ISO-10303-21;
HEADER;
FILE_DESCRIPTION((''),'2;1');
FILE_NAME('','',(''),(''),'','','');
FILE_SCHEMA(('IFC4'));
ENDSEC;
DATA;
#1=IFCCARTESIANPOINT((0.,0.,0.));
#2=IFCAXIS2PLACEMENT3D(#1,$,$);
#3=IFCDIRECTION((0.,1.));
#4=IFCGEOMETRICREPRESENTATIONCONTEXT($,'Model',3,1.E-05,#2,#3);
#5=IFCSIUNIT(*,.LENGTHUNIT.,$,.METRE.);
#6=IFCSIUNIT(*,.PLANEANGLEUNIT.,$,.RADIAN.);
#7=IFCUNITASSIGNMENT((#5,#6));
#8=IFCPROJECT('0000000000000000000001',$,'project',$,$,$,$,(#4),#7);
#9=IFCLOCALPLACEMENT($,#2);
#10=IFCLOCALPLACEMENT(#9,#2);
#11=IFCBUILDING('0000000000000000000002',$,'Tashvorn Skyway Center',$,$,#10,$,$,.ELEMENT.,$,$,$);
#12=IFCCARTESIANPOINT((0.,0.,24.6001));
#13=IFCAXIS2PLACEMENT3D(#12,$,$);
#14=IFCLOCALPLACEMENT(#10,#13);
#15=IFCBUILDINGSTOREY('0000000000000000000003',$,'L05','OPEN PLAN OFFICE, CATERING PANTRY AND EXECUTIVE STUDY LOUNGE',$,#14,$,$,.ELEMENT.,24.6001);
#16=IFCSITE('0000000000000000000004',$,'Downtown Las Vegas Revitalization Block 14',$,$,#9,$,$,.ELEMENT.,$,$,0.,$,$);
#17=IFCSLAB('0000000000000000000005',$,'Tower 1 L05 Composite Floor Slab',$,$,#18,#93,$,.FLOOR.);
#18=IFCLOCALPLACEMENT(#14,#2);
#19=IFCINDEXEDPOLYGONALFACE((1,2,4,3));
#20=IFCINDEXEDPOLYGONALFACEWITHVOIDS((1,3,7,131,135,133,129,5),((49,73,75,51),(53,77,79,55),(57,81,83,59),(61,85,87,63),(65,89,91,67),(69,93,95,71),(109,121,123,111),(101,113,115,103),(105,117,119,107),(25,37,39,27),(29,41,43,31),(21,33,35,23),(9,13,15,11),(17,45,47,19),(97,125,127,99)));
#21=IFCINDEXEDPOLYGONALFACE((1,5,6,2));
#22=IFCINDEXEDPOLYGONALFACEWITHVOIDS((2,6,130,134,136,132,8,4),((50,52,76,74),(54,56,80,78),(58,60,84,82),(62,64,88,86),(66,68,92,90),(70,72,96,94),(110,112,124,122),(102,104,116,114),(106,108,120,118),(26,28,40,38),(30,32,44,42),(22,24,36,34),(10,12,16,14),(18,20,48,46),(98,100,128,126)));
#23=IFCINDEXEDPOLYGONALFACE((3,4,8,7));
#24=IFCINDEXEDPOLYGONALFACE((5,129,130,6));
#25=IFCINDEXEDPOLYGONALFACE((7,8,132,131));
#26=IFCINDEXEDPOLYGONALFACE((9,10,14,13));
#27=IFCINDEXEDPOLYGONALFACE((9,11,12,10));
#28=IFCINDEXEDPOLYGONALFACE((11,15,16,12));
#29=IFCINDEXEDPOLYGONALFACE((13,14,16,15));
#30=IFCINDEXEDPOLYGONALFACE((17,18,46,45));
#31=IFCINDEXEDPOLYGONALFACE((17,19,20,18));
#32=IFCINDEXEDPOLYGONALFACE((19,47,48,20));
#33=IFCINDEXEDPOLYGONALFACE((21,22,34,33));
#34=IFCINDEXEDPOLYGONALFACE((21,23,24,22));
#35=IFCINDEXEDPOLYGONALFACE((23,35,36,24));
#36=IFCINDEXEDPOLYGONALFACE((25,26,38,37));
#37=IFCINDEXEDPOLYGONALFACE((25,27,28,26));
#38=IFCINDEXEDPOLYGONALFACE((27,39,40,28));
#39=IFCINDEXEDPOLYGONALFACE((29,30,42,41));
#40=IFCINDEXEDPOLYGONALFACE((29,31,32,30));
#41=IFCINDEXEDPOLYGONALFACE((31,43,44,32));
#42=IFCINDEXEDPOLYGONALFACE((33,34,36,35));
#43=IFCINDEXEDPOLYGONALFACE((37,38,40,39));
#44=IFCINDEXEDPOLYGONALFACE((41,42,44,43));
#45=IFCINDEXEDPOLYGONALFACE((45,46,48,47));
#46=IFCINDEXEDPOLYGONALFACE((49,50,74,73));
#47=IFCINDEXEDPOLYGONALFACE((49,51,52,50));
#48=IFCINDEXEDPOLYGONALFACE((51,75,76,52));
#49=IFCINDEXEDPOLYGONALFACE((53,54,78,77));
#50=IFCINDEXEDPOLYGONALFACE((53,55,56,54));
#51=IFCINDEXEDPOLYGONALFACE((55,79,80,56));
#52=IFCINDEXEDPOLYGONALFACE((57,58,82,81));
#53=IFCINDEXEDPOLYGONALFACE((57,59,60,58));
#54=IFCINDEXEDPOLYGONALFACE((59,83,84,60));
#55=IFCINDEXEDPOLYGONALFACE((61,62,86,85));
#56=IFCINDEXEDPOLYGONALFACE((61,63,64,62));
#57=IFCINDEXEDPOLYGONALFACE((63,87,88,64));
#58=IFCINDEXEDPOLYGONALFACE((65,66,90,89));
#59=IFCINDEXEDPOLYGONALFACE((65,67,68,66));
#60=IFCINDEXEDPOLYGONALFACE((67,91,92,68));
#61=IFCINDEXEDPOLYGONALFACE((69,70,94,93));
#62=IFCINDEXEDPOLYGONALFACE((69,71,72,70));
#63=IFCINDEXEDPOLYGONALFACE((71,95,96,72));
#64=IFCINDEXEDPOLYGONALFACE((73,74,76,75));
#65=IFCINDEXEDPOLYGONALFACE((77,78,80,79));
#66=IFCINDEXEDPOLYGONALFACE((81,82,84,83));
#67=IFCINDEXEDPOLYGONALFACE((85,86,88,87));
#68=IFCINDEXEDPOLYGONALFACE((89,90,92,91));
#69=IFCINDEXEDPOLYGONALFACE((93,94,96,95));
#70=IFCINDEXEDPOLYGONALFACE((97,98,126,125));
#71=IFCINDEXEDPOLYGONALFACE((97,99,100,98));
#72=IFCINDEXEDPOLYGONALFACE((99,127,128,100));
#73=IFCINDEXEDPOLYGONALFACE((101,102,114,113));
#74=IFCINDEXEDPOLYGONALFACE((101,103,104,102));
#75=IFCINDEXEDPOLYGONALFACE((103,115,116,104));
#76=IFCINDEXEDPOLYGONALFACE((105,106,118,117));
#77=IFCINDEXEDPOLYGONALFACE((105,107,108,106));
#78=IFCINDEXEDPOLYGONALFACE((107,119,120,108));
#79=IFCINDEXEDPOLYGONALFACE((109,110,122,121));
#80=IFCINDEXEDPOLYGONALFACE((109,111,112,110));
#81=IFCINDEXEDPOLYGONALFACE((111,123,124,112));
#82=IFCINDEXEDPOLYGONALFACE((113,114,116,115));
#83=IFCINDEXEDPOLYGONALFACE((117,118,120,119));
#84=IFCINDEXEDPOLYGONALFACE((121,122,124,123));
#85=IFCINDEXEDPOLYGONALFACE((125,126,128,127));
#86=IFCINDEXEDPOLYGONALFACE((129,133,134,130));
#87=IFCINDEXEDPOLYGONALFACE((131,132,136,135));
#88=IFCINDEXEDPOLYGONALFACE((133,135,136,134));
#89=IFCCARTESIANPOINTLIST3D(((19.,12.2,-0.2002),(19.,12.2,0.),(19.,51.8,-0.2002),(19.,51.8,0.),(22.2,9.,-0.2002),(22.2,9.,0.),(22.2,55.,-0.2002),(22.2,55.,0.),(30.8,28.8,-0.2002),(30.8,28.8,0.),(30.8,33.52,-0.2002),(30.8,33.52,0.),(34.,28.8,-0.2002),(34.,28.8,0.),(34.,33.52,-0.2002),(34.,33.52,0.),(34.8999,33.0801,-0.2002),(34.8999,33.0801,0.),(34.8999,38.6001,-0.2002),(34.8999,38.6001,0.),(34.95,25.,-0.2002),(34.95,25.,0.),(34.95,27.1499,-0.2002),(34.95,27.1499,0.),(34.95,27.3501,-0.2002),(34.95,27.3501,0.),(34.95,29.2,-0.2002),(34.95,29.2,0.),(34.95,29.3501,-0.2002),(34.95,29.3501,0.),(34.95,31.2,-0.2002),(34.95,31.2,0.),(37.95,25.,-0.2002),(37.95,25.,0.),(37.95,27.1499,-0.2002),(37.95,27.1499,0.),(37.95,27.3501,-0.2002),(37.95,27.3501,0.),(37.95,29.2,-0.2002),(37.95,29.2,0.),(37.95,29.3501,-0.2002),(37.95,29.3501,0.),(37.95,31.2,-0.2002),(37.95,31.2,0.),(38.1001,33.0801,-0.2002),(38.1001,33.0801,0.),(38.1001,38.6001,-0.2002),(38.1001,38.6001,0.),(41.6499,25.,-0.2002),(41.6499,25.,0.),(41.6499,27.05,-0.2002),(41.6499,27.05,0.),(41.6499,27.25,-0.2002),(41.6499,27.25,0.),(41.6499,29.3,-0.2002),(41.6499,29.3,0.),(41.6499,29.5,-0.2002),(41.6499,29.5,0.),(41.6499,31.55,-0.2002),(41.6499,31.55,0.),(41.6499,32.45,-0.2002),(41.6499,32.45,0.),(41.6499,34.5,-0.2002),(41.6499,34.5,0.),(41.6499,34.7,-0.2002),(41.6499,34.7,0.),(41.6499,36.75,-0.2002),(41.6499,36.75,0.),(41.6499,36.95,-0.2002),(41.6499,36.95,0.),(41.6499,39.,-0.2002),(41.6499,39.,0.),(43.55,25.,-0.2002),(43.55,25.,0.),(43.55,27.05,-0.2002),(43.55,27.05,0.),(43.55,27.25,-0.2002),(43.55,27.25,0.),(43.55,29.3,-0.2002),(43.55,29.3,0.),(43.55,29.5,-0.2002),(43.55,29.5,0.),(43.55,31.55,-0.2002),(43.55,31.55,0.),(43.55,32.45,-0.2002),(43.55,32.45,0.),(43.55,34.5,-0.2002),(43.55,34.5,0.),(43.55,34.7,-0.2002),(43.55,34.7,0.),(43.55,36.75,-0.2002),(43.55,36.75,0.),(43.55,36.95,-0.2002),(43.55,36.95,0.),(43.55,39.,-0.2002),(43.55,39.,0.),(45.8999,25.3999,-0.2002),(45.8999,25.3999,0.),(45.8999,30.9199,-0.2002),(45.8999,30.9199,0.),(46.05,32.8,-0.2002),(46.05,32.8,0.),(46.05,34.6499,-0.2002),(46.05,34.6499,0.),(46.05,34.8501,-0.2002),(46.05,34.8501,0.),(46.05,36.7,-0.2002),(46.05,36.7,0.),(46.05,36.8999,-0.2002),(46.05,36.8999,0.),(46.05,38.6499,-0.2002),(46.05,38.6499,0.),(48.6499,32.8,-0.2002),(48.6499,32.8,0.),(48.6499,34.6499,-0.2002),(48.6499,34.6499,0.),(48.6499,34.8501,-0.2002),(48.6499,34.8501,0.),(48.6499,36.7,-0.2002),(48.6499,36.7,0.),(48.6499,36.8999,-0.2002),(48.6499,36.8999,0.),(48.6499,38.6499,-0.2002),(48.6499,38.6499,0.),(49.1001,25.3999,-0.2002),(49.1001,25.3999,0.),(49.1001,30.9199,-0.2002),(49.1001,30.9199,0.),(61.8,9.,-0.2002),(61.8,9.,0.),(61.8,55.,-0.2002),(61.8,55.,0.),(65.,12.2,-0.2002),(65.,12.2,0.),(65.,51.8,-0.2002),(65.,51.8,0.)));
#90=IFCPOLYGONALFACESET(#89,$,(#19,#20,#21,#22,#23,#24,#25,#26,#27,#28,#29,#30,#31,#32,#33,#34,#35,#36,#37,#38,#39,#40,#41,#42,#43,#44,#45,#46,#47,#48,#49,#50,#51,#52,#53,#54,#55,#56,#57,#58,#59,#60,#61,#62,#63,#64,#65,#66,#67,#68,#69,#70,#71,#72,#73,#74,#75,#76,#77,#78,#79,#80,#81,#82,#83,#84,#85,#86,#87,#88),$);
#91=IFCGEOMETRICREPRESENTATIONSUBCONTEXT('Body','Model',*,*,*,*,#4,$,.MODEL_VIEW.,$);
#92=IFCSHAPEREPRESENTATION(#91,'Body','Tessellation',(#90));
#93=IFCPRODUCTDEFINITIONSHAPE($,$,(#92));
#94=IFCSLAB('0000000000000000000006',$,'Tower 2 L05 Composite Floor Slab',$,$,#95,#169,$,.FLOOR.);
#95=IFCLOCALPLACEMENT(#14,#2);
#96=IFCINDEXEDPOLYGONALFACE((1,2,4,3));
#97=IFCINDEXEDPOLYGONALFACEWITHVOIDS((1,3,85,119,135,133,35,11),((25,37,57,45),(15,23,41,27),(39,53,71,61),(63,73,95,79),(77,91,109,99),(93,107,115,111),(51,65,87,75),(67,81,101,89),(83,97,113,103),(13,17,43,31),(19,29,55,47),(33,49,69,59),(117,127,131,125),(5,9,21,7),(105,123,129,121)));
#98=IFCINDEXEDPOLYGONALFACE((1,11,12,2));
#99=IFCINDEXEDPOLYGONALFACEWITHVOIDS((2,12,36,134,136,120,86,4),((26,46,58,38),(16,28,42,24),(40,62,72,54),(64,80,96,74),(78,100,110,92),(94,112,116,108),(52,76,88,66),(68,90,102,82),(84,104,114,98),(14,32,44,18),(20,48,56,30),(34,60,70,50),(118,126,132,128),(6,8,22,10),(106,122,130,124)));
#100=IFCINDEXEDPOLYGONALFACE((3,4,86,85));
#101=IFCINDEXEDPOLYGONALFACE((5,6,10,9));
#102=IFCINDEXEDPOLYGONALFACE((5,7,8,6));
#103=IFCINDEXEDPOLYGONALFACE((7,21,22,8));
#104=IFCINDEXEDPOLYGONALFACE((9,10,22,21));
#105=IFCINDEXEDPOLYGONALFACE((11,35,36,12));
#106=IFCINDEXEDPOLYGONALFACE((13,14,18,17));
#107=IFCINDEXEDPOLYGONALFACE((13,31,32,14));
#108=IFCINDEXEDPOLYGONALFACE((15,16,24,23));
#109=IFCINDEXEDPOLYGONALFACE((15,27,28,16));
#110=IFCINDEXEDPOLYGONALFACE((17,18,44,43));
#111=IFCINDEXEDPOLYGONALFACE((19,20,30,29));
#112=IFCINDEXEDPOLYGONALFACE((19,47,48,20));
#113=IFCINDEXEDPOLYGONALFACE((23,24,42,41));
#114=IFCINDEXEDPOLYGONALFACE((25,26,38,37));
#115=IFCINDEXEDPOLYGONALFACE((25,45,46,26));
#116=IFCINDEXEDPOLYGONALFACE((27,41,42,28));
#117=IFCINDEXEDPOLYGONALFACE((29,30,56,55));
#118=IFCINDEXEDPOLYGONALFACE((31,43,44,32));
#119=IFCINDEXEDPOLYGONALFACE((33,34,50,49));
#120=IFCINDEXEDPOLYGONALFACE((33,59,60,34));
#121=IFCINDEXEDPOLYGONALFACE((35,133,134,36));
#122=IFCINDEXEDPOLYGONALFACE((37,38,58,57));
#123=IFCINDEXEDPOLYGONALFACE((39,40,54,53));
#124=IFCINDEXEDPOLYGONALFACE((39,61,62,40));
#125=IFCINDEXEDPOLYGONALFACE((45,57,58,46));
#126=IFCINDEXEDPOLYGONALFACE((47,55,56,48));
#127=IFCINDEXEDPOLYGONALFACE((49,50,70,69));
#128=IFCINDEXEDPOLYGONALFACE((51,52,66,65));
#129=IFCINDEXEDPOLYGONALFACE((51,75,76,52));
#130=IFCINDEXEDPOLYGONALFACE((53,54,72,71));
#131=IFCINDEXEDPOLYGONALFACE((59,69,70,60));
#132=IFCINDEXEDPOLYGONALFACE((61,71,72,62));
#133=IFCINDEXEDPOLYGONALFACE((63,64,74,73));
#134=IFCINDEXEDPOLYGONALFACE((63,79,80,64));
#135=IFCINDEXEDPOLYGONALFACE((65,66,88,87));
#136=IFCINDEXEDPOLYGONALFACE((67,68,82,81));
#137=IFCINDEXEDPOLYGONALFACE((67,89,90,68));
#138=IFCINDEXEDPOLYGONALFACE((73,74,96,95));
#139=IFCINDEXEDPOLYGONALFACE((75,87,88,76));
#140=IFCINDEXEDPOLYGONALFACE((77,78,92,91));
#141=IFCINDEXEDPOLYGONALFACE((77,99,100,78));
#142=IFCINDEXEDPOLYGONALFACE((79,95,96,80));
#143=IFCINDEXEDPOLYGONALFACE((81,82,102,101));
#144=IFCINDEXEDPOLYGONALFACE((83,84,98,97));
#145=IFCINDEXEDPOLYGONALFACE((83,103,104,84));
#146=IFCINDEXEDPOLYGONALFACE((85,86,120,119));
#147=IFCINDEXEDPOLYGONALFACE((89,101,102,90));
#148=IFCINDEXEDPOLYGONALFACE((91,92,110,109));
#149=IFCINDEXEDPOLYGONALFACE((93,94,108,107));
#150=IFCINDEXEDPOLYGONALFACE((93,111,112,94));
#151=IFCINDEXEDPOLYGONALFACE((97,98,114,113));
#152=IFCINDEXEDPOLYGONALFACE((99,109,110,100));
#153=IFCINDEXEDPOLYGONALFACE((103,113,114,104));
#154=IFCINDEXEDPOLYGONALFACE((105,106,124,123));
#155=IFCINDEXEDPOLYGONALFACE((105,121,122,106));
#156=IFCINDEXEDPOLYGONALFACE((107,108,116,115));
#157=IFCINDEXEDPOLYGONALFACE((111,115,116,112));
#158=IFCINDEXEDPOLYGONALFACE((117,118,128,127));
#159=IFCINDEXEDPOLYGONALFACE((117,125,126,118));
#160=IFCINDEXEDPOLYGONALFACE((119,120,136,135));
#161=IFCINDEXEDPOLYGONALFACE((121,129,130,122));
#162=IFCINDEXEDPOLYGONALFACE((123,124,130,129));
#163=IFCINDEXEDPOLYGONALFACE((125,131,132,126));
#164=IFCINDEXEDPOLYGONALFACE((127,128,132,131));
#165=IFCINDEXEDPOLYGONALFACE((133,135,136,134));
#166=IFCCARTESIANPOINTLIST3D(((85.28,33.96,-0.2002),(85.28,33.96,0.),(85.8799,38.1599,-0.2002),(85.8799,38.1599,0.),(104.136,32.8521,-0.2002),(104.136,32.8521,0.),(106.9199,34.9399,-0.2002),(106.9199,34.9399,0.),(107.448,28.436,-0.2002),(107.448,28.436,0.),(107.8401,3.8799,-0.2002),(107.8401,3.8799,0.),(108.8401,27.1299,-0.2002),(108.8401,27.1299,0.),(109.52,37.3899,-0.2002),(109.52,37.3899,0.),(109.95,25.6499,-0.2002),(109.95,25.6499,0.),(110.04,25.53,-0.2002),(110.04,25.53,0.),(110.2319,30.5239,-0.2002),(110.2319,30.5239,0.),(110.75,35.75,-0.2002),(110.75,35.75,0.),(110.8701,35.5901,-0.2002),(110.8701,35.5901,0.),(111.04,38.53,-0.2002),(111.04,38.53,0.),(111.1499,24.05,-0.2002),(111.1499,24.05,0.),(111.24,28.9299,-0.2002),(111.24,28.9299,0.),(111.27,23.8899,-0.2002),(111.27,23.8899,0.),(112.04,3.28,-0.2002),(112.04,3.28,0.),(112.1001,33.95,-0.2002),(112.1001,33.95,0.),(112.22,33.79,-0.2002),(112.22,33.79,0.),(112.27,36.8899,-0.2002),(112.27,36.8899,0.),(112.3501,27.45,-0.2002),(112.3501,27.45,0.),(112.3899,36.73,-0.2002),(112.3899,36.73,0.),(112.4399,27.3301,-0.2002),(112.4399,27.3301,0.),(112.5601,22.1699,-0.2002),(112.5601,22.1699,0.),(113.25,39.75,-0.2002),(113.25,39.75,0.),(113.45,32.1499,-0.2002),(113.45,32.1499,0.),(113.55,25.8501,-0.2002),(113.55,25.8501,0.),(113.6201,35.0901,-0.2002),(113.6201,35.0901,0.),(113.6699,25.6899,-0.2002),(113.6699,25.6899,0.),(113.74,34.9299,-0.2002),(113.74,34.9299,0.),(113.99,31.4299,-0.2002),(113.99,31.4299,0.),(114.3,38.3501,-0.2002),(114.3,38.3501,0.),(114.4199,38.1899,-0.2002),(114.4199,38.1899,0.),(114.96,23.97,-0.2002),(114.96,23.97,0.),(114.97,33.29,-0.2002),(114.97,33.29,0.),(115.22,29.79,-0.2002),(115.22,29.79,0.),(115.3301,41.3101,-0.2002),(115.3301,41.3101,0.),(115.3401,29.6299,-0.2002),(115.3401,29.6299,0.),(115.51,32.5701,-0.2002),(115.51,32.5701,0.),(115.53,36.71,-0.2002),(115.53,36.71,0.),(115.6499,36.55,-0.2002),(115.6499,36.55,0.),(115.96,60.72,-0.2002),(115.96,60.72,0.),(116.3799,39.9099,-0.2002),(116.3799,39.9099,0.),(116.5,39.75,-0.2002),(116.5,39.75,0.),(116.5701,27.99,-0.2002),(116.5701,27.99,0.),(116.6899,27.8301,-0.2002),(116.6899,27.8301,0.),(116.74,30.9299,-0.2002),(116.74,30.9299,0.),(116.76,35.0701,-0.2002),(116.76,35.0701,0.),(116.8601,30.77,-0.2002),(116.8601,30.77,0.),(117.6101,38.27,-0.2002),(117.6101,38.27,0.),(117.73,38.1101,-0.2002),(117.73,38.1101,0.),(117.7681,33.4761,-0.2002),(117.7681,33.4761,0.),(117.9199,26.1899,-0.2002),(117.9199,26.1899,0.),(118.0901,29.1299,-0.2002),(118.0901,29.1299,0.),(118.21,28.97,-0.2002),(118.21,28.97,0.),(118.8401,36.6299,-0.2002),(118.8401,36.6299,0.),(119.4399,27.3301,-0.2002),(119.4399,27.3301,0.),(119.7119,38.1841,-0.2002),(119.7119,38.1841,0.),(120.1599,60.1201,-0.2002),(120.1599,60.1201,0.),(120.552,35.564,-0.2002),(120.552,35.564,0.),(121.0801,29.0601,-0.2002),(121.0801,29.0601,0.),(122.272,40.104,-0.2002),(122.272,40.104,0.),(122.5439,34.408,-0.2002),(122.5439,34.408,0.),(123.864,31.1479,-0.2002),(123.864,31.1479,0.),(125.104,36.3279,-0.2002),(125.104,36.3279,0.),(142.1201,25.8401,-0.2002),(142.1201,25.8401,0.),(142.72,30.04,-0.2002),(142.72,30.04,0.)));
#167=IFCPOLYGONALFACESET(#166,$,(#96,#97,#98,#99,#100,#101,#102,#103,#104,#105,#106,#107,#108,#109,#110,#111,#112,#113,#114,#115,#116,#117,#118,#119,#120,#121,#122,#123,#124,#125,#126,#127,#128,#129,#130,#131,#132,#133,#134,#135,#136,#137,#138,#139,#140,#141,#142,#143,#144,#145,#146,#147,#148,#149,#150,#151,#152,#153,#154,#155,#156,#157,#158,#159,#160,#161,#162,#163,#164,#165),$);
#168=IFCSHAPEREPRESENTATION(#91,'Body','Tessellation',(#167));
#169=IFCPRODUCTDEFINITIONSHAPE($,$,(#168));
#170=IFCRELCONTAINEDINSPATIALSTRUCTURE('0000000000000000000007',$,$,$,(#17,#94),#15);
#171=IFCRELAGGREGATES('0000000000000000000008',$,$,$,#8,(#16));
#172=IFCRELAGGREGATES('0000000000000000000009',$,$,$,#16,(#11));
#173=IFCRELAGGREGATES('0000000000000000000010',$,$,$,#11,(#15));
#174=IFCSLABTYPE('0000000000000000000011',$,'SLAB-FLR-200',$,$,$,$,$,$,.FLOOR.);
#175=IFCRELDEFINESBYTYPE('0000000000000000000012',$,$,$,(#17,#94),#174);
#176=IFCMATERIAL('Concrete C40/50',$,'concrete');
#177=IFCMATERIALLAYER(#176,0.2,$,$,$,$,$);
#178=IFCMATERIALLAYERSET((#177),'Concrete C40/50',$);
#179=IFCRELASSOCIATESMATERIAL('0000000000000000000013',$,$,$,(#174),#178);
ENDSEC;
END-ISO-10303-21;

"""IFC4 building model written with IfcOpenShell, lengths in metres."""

from ifc_helpers import new_model, si_unit, direction, frame, origin, place, context, subcontext, project, spatial, polyline, outline, extrude, material, layer, layer_set, type_object, element, save


model = new_model("IFC4")

# Units and contexts
model_context = context("Model", 3, precision=1e-05, world=origin(), true_north=direction((0.0, 1.0)))
body_context = subcontext(model_context, "Body", "Model", "MODEL_VIEW")
ifc_project = project(units=[si_unit("LENGTHUNIT", "METRE"), si_unit("PLANEANGLEUNIT", "RADIAN")], contexts=[model_context])

# Site, building, storey
site_placement = place(None, origin())
site = spatial("IfcSite", under=ifc_project, at=site_placement, Name="Downtown Las Vegas Revitalization Block 14", CompositionType="ELEMENT", RefElevation=0.0)
building_placement = place(site_placement, origin())
building = spatial("IfcBuilding", under=site, at=building_placement, Name="Tashvorn Skyway Center", CompositionType="ELEMENT")
storey_placement = place(building_placement, frame((0.0, 0.0, 24.6001)))
storey = spatial("IfcBuildingStorey", under=building, at=storey_placement, Name="L05", Description="OPEN PLAN OFFICE, CATERING PANTRY AND EXECUTIVE STUDY LOUNGE", CompositionType="ELEMENT", Elevation=24.6001)

# Slabs
ifc_material_1 = material(Name="Concrete C40/50", Category="concrete")
ifc_layer_1 = layer(ifc_material_1, 0.2)
ifc_layer_set_1 = layer_set([ifc_layer_1], Name="Concrete C40/50")
slab_type_1 = type_object("IfcSlabType", Name="SLAB-FLR-200", PredefinedType="FLOOR", material=ifc_layer_set_1)
slab_1_placement = place(storey_placement, frame((0.0, 0.0, -0.2002)))
element("IfcSlab", 1, at=slab_1_placement, inside=storey, type_object=slab_type_1, Name="Tower 1 L05 Composite Floor Slab", PredefinedType="FLOOR", context=body_context, shape_type="SweptSolid", body=[
    extrude(outline(polyline([(22.2, 9.0), (61.8, 9.0), (65.0, 12.2), (65.0, 51.8), (61.8, 55.0), (22.2, 55.0), (19.0, 51.8), (19.0, 12.2), (22.2, 9.0)]), holes=[polyline([(38.1001, 33.0801), (38.1001, 38.6001), (34.8999, 38.6001), (34.8999, 33.0801), (38.1001, 33.0801)]), polyline([(45.8999, 30.9199), (45.8999, 25.3999), (49.1001, 25.3999), (49.1001, 30.9199), (45.8999, 30.9199)]), polyline([(30.8, 33.52), (30.8, 28.8), (34.0, 28.8), (34.0, 33.52), (30.8, 33.52)]), polyline([(34.95, 29.3501), (37.95, 29.3501), (37.95, 31.2), (34.95, 31.2), (34.95, 29.3501)]), polyline([(34.95, 27.3501), (37.95, 27.3501), (37.95, 29.2), (34.95, 29.2), (34.95, 27.3501)]), polyline([(34.95, 25.0), (37.95, 25.0), (37.95, 27.1499), (34.95, 27.1499), (34.95, 25.0)]), polyline([(41.6499, 25.0), (43.55, 25.0), (43.55, 27.05), (41.6499, 27.05), (41.6499, 25.0)]), polyline([(41.6499, 27.25), (43.55, 27.25), (43.55, 29.3), (41.6499, 29.3), (41.6499, 27.25)]), polyline([(41.6499, 29.5), (43.55, 29.5), (43.55, 31.55), (41.6499, 31.55), (41.6499, 29.5)]), polyline([(41.6499, 32.45), (43.55, 32.45), (43.55, 34.5), (41.6499, 34.5), (41.6499, 32.45)]), polyline([(41.6499, 34.7), (43.55, 34.7), (43.55, 36.75), (41.6499, 36.75), (41.6499, 34.7)]), polyline([(41.6499, 36.95), (43.55, 36.95), (43.55, 39.0), (41.6499, 39.0), (41.6499, 36.95)]), polyline([(46.05, 32.8), (48.6499, 32.8), (48.6499, 34.6499), (46.05, 34.6499), (46.05, 32.8)]), polyline([(46.05, 34.8501), (48.6499, 34.8501), (48.6499, 36.7), (46.05, 36.7), (46.05, 34.8501)]), polyline([(46.05, 36.8999), (48.6499, 36.8999), (48.6499, 38.6499), (46.05, 38.6499), (46.05, 36.8999)])]), origin(), (0.0, 0.0, 1.0), 0.2002),
])
slab_2_placement = place(storey_placement, frame((0.0, 0.0, -0.2002)))
element("IfcSlab", 2, at=slab_2_placement, inside=storey, type_object=slab_type_1, Name="Tower 2 L05 Composite Floor Slab", PredefinedType="FLOOR", context=body_context, shape_type="SweptSolid", body=[
    extrude(outline(polyline([(112.04, 3.28), (142.1201, 25.8401), (142.72, 30.04), (120.1599, 60.1201), (115.96, 60.72), (85.8799, 38.1599), (85.28, 33.96), (107.8401, 3.8799), (112.04, 3.28)]), holes=[polyline([(110.2319, 30.5239), (106.9199, 34.9399), (104.136, 32.8521), (107.448, 28.436), (110.2319, 30.5239)]), polyline([(117.7681, 33.4761), (121.0801, 29.0601), (123.864, 31.1479), (120.552, 35.564), (117.7681, 33.4761)]), polyline([(119.7119, 38.1841), (122.5439, 34.408), (125.104, 36.3279), (122.272, 40.104), (119.7119, 38.1841)]), polyline([(109.95, 25.6499), (112.3501, 27.45), (111.24, 28.9299), (108.8401, 27.1299), (109.95, 25.6499)]), polyline([(111.1499, 24.05), (113.55, 25.8501), (112.4399, 27.3301), (110.04, 25.53), (111.1499, 24.05)]), polyline([(112.5601, 22.1699), (114.96, 23.97), (113.6699, 25.6899), (111.27, 23.8899), (112.5601, 22.1699)]), polyline([(117.9199, 26.1899), (119.4399, 27.3301), (118.21, 28.97), (116.6899, 27.8301), (117.9199, 26.1899)]), polyline([(116.5701, 27.99), (118.0901, 29.1299), (116.8601, 30.77), (115.3401, 29.6299), (116.5701, 27.99)]), polyline([(115.22, 29.79), (116.74, 30.9299), (115.51, 32.5701), (113.99, 31.4299), (115.22, 29.79)]), polyline([(113.45, 32.1499), (114.97, 33.29), (113.74, 34.9299), (112.22, 33.79), (113.45, 32.1499)]), polyline([(112.1001, 33.95), (113.6201, 35.0901), (112.3899, 36.73), (110.8701, 35.5901), (112.1001, 33.95)]), polyline([(110.75, 35.75), (112.27, 36.8899), (111.04, 38.53), (109.52, 37.3899), (110.75, 35.75)]), polyline([(116.76, 35.0701), (118.8401, 36.6299), (117.73, 38.1101), (115.6499, 36.55), (116.76, 35.0701)]), polyline([(115.53, 36.71), (117.6101, 38.27), (116.5, 39.75), (114.4199, 38.1899), (115.53, 36.71)]), polyline([(114.3, 38.3501), (116.3799, 39.9099), (115.3301, 41.3101), (113.25, 39.75), (114.3, 38.3501)])]), origin(), (0.0, 0.0, 1.0), 0.2002),
])

save(model, "model.ifc")
